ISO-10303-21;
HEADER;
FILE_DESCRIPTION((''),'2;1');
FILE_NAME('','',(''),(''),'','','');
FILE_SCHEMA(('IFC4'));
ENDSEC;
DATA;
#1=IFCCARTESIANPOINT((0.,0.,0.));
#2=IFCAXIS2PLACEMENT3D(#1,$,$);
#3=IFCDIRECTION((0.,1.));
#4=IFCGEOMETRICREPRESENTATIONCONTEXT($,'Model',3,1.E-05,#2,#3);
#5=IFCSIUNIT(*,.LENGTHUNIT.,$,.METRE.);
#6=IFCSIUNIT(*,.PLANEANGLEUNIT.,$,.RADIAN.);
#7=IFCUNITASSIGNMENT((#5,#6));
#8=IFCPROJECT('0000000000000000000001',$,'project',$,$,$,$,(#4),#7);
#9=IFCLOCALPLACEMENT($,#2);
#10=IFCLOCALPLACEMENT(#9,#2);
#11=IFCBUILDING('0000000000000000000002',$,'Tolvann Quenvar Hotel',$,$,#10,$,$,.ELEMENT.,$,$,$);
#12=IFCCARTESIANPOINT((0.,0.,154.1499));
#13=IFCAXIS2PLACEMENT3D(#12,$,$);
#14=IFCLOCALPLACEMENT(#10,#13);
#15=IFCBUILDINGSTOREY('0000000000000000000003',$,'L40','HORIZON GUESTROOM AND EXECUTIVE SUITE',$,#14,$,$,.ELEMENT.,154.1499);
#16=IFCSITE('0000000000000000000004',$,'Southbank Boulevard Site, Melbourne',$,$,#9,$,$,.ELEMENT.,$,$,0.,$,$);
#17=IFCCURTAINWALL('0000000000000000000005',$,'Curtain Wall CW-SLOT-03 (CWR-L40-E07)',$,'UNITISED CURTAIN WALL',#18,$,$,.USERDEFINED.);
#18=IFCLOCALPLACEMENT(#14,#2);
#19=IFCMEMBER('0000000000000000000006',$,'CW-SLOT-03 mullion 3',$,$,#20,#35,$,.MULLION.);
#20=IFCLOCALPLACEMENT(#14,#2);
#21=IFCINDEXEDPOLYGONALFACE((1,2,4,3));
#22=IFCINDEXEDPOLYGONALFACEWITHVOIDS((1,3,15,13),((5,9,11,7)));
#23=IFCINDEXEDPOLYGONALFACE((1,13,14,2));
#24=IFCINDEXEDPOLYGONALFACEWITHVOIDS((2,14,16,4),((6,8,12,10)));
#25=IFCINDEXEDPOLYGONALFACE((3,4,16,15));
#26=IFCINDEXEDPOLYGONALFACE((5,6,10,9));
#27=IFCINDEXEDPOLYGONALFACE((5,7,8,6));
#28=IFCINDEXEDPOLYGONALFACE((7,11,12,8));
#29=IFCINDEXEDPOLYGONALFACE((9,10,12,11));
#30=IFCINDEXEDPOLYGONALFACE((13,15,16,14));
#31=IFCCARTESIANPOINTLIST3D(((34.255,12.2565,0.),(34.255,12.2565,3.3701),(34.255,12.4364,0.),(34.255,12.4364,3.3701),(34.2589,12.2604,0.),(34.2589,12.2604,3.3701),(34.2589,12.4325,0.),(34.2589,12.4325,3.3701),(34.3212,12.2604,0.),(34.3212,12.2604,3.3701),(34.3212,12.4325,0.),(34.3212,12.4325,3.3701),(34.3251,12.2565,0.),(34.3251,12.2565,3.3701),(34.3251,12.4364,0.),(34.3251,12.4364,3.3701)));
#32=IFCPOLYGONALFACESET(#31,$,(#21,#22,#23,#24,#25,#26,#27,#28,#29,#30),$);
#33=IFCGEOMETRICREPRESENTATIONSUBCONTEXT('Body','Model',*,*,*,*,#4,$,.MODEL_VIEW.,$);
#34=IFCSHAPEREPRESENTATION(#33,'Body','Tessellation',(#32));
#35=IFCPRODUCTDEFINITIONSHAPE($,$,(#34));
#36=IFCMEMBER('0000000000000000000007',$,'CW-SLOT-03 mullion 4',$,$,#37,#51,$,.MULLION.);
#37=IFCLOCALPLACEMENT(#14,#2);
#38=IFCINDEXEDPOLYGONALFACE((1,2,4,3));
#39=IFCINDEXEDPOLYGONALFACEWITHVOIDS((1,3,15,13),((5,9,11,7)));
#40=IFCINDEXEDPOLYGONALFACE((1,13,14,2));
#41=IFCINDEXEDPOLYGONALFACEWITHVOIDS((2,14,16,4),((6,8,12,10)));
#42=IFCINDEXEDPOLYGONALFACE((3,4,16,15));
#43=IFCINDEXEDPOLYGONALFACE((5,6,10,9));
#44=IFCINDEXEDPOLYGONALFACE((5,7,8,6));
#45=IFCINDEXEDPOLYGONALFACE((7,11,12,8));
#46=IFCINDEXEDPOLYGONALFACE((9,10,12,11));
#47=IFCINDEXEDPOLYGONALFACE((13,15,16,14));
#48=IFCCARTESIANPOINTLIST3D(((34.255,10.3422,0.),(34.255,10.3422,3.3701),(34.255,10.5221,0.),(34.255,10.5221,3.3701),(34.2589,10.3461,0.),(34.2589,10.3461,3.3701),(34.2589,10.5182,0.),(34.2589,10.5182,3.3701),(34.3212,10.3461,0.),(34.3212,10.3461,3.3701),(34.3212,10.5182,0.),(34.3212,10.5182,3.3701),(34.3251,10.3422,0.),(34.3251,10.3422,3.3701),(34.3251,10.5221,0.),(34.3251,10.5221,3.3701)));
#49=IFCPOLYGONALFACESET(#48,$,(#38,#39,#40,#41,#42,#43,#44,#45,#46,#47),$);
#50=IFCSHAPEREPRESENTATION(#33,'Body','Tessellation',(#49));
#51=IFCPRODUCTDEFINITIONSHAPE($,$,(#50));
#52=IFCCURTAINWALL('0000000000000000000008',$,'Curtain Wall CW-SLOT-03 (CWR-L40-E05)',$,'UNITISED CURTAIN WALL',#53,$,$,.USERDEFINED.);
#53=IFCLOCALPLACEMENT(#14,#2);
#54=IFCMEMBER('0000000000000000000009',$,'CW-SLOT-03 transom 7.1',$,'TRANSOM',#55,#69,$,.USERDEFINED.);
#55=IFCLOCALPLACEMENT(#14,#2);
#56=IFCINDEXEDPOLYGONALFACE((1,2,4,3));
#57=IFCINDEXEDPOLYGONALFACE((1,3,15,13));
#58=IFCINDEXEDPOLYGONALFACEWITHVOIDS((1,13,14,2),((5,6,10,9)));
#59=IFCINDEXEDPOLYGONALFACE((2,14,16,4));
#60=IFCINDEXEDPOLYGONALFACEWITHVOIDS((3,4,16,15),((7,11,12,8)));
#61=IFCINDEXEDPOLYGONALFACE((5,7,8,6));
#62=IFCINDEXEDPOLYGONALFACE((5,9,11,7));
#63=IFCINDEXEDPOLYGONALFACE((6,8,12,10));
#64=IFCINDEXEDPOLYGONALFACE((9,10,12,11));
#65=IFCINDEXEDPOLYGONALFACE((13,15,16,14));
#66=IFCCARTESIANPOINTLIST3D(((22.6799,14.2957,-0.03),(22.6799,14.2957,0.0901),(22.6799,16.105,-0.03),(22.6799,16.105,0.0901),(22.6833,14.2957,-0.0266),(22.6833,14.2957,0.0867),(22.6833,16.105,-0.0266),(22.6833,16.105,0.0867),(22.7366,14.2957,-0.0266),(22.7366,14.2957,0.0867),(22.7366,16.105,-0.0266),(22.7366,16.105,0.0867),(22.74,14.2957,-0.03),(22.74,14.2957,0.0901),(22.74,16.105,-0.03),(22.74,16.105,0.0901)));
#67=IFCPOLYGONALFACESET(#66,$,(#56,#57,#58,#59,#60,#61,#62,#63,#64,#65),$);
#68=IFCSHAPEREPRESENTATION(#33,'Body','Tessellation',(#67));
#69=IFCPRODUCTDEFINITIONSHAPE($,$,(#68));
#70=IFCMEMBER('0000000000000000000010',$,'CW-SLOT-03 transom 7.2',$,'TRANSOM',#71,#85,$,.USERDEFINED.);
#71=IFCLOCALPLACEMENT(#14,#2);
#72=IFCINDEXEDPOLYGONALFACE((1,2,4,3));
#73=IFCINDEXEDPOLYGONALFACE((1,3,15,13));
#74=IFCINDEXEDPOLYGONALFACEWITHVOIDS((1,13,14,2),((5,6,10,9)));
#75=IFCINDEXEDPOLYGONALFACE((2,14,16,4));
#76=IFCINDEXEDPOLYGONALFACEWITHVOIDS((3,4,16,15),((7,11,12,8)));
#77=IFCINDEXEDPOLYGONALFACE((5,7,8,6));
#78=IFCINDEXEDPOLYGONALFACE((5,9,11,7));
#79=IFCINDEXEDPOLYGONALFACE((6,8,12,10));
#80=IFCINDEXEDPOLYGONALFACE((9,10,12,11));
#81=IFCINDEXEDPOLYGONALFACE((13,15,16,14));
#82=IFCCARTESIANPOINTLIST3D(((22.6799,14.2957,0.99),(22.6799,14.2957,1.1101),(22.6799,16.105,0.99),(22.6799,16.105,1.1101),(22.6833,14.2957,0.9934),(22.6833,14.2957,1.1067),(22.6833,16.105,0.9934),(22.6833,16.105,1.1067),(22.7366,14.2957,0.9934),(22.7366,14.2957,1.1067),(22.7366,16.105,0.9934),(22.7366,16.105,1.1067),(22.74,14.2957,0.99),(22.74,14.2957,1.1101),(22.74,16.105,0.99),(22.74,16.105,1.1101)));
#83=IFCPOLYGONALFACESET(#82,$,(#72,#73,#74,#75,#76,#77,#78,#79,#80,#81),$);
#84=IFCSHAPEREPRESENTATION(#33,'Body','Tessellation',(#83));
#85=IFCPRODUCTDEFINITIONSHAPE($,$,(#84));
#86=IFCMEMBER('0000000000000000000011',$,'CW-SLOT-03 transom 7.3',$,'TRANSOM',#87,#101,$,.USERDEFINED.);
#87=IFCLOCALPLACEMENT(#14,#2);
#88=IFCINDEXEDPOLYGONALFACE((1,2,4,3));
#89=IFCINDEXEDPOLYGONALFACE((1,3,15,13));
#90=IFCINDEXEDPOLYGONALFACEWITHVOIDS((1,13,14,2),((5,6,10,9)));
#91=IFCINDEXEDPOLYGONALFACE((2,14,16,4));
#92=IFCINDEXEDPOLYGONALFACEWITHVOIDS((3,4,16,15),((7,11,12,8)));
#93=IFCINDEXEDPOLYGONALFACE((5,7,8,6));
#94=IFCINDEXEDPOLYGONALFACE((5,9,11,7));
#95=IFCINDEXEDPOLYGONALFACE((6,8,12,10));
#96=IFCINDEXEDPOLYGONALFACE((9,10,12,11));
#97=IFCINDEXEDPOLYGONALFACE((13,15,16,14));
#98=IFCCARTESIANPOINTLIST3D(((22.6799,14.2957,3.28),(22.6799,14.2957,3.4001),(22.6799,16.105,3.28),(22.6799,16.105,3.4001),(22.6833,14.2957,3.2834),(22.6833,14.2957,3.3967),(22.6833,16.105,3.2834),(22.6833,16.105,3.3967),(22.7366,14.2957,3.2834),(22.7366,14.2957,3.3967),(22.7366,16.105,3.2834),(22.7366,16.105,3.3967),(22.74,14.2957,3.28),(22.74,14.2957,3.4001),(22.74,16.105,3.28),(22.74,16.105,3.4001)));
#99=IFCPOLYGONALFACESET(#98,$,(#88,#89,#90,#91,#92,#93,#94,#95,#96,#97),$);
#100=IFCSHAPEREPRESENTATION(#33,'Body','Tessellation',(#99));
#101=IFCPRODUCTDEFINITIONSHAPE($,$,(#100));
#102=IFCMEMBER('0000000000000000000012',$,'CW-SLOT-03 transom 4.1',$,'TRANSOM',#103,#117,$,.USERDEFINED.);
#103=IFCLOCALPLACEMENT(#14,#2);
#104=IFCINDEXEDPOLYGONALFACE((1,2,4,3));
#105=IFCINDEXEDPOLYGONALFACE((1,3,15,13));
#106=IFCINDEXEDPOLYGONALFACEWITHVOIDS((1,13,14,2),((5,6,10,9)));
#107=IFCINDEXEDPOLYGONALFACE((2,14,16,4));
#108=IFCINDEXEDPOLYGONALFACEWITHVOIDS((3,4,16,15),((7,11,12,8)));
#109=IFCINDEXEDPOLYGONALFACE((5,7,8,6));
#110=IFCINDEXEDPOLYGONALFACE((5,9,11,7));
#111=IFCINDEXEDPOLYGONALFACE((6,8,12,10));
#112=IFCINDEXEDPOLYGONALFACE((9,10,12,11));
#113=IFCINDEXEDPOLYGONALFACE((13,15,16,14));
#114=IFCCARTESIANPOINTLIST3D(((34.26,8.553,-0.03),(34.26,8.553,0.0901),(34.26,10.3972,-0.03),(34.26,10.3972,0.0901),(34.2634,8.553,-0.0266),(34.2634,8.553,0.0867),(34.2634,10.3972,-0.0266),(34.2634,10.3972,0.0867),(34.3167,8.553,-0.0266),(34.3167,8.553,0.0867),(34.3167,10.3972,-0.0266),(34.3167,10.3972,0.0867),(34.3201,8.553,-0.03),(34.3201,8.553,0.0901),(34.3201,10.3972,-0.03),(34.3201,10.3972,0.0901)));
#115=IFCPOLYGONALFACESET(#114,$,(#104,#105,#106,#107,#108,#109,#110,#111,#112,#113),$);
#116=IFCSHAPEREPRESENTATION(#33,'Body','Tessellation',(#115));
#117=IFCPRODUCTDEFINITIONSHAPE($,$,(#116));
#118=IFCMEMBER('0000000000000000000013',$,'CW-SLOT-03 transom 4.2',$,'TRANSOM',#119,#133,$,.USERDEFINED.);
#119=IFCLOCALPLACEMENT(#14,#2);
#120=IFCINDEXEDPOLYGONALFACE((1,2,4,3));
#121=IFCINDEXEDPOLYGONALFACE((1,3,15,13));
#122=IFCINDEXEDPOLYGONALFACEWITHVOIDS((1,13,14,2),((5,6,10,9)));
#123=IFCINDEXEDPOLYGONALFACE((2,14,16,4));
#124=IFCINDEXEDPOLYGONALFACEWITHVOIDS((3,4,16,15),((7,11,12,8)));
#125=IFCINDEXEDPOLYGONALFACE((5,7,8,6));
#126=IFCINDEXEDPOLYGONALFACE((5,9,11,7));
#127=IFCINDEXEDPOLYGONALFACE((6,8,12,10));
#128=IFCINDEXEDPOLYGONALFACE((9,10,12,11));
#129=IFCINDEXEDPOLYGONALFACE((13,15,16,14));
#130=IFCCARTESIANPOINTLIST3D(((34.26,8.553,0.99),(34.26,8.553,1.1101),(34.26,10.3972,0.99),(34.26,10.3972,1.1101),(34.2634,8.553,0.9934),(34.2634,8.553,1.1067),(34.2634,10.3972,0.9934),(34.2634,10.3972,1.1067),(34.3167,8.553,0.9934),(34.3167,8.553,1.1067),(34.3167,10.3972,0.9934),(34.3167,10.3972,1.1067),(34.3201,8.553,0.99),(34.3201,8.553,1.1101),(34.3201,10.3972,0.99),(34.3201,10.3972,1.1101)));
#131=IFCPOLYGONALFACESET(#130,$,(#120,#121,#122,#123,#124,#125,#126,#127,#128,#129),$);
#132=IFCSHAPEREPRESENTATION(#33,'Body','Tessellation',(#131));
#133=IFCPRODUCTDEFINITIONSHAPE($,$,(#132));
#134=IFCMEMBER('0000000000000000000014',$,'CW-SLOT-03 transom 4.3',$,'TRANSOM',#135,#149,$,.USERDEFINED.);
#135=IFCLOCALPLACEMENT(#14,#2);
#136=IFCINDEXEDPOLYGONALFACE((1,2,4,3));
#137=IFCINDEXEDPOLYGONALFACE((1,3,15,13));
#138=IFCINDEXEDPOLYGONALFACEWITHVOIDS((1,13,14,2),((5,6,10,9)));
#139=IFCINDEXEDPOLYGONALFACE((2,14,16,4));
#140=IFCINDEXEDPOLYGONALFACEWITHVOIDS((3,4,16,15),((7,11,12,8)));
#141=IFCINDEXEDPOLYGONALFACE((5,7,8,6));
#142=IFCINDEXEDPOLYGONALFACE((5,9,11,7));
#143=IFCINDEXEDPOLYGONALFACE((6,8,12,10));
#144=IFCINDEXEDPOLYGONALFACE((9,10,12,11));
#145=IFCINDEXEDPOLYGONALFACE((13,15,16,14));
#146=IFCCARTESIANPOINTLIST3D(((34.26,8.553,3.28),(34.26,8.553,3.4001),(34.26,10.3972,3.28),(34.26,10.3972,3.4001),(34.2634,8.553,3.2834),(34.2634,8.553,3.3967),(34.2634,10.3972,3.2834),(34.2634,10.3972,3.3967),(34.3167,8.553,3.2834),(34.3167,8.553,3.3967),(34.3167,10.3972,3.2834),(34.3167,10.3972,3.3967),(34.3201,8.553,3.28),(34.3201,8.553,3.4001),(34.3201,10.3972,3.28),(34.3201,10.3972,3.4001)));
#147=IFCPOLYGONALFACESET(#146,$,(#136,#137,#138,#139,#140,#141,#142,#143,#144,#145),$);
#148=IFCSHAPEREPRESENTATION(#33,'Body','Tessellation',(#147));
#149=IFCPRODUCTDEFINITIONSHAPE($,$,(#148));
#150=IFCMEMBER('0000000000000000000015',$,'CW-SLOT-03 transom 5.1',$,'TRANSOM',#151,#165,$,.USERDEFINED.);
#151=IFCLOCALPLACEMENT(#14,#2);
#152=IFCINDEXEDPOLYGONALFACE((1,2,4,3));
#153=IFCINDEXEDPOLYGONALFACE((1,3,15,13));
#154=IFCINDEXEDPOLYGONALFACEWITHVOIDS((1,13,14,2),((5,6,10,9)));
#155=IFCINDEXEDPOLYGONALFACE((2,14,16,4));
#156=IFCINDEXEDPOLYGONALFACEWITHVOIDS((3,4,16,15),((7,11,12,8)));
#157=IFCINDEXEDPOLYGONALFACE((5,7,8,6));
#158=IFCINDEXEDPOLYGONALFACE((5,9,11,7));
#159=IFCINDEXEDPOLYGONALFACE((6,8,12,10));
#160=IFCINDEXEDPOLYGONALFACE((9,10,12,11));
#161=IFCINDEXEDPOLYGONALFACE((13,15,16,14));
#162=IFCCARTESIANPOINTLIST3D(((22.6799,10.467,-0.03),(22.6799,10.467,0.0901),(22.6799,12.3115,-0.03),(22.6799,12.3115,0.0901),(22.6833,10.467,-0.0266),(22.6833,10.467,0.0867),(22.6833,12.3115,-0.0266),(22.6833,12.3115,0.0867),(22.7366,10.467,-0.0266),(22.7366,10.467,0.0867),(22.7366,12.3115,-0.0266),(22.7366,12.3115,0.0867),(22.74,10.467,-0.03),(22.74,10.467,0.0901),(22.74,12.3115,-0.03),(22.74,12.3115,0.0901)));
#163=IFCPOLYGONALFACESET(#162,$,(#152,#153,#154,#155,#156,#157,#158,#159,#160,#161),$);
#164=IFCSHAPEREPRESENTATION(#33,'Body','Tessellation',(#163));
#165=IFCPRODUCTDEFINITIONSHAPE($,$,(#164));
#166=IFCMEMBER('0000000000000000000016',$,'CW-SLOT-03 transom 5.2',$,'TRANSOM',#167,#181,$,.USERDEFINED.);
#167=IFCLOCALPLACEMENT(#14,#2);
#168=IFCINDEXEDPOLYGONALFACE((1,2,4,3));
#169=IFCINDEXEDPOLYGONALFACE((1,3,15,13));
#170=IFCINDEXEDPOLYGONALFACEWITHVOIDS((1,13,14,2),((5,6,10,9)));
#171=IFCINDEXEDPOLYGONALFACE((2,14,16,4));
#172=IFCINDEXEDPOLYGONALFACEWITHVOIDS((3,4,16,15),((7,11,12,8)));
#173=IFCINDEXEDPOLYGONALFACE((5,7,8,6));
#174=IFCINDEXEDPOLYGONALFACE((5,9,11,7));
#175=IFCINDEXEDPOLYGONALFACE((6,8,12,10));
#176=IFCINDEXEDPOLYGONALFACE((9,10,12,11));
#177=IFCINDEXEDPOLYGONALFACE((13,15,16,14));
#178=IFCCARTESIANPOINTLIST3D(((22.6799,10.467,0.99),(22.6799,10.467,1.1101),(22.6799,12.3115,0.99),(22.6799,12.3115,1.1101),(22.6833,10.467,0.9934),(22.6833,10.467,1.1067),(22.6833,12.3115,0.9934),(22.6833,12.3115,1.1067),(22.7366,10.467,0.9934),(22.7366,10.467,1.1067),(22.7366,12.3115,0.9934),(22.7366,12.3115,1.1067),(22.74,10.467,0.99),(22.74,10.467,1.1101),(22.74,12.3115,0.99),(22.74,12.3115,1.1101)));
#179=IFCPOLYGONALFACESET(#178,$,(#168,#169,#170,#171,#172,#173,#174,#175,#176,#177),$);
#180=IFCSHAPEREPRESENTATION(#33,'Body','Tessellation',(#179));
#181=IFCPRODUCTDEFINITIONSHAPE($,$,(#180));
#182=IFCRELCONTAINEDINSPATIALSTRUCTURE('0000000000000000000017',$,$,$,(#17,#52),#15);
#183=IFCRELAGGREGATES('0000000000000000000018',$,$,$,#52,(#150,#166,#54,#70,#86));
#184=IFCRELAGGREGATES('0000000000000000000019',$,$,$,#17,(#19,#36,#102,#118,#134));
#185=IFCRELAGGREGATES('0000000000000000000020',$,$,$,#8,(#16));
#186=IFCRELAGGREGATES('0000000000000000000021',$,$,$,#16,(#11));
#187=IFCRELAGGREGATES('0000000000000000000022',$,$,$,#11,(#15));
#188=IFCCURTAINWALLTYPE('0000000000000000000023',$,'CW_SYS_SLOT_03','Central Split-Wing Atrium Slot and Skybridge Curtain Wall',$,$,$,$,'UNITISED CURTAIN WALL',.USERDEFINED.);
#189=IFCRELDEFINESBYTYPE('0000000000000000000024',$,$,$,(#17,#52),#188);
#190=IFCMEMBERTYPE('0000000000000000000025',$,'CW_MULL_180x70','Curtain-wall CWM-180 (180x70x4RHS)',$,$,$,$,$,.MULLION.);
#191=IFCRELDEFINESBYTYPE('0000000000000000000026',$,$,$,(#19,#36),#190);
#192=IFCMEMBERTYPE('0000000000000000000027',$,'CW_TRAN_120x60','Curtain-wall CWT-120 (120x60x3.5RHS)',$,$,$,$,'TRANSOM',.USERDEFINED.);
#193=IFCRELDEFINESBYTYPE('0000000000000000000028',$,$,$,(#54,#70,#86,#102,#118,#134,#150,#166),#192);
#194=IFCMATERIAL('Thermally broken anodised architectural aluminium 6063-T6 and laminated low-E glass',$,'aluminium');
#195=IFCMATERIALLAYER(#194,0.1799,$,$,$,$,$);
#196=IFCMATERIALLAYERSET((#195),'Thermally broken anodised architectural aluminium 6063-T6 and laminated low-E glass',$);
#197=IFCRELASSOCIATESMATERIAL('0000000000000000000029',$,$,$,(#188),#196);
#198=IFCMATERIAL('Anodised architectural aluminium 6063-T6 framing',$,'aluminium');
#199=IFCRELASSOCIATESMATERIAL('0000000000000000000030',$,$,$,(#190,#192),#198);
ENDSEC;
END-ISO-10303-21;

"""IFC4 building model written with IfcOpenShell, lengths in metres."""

from ifc_helpers import new_model, si_unit, direction, frame, origin, origin_2d, place, context, subcontext, project, spatial, hollow_rectangle, extrude, source, transform, mapped, material, layer, layer_set, material_profile, profile_set, type_object, type_shapes, element, aggregate, save


model = new_model("IFC4")

# Units and contexts
model_context = context("Model", 3, precision=1e-05, world=origin(), true_north=direction((0.0, 1.0)))
body_context = subcontext(model_context, "Body", "Model", "MODEL_VIEW")
ifc_project = project(units=[si_unit("LENGTHUNIT", "METRE"), si_unit("PLANEANGLEUNIT", "RADIAN")], contexts=[model_context])

# Site, building, storey
site_placement = place(None, origin())
site = spatial("IfcSite", under=ifc_project, at=site_placement, Name="Southbank Boulevard Site, Melbourne", CompositionType="ELEMENT", RefElevation=0.0)
building_placement = place(site_placement, origin())
building = spatial("IfcBuilding", under=site, at=building_placement, Name="Tolvann Quenvar Hotel", CompositionType="ELEMENT")
storey_placement = place(building_placement, frame((0.0, 0.0, 154.1499)))
storey = spatial("IfcBuildingStorey", under=building, at=storey_placement, Name="L40", Description="HORIZON GUESTROOM AND EXECUTIVE SUITE", CompositionType="ELEMENT", Elevation=154.1499)

# Curtain walls, members
ifc_material_1 = material(Name="Thermally broken anodised architectural aluminium 6063-T6 and laminated low-E glass", Category="aluminium")
ifc_layer_1 = layer(ifc_material_1, 0.1799)
ifc_layer_set_1 = layer_set([ifc_layer_1], Name="Thermally broken anodised architectural aluminium 6063-T6 and laminated low-E glass")
curtain_wall_type = type_object("IfcCurtainWallType", Name="CW_SYS_SLOT_03", Description="Central Split-Wing Atrium Slot and Skybridge Curtain Wall", ElementType="UNITISED CURTAIN WALL", PredefinedType="USERDEFINED", material=ifc_layer_set_1)
curtain_wall_1_placement = place(storey_placement, origin())
curtain_wall_1 = element("IfcCurtainWall", 1, at=curtain_wall_1_placement, inside=storey, type_object=curtain_wall_type, Name="Curtain Wall CW-SLOT-03 (CWR-L40-E07)", ObjectType="UNITISED CURTAIN WALL", PredefinedType="USERDEFINED")
ifc_material_2 = material(Name="Anodised architectural aluminium 6063-T6 framing", Category="aluminium")
ifc_material_profile_1 = material_profile(ifc_material_2, hollow_rectangle(XDim=0.0701, YDim=0.1799, WallThickness=0.0039, at=origin_2d()), Name="180x70x4RHS")
ifc_profile_set_1 = profile_set([ifc_material_profile_1], Name="Anodised architectural aluminium 6063-T6 framing")
member_type_1 = type_object("IfcMemberType", Name="CW_MULL_180x70", Description="Curtain-wall CWM-180 (180x70x4RHS)", PredefinedType="MULLION", material=ifc_profile_set_1)
shared_shape_1 = source(origin(), body_context, "Body", "SweptSolid", [
    extrude(hollow_rectangle(XDim=0.0701, YDim=0.1799, WallThickness=0.0039, at=origin_2d()), origin(), (0.0, 0.0, 1.0), 3.3701),
])
type_shapes(member_type_1, [shared_shape_1])
member_1_placement = place(storey_placement, frame((34.29, 12.3464, 0.0), z_axis=(0.0, 0.0, 1.0), x_axis=(1.0, 0.0, 0.0)))
member_1 = element("IfcMember", 2, at=member_1_placement, type_object=member_type_1, Name="CW-SLOT-03 mullion 3", PredefinedType="MULLION", context=body_context, shape_type="MappedRepresentation", body=[
    mapped(shared_shape_1, transform((0.0, 0.0, 0.0), x_axis=(1.0, 0.0, 0.0), y_axis=(0.0, 1.0, 0.0), z_axis=(0.0, 0.0, 1.0), scale=1.0)),
])
member_2_placement = place(storey_placement, frame((34.29, 10.4321, 0.0), z_axis=(0.0, 0.0, 1.0), x_axis=(1.0, 0.0, 0.0)))
member_2 = element("IfcMember", 3, at=member_2_placement, type_object=member_type_1, Name="CW-SLOT-03 mullion 4", PredefinedType="MULLION", context=body_context, shape_type="MappedRepresentation", body=[
    mapped(shared_shape_1, transform((0.0, 0.0, 0.0), x_axis=(1.0, 0.0, 0.0), y_axis=(0.0, 1.0, 0.0), z_axis=(0.0, 0.0, 1.0), scale=1.0)),
])
curtain_wall_2_placement = place(storey_placement, origin())
curtain_wall_2 = element("IfcCurtainWall", 4, at=curtain_wall_2_placement, inside=storey, type_object=curtain_wall_type, Name="Curtain Wall CW-SLOT-03 (CWR-L40-E05)", ObjectType="UNITISED CURTAIN WALL", PredefinedType="USERDEFINED")
ifc_material_profile_2 = material_profile(ifc_material_2, hollow_rectangle(XDim=0.0601, YDim=0.1201, WallThickness=0.0034, at=origin_2d()), Name="120x60x3.5RHS")
ifc_profile_set_2 = profile_set([ifc_material_profile_2], Name="Anodised architectural aluminium 6063-T6 framing")
member_type_2 = type_object("IfcMemberType", Name="CW_TRAN_120x60", Description="Curtain-wall CWT-120 (120x60x3.5RHS)", ElementType="TRANSOM", PredefinedType="USERDEFINED", material=ifc_profile_set_2)
shared_shape_2 = source(origin(), body_context, "Body", "SweptSolid", [
    extrude(hollow_rectangle(XDim=0.0601, YDim=0.1201, WallThickness=0.0034, at=origin_2d()), origin(), (0.0, 0.0, 1.0), 1.8093),
])
member_3_placement = place(storey_placement, frame((22.71, 14.2957, 0.03), z_axis=(0.0, 1.0, 0.0), x_axis=(-1.0, 0.0, 0.0)))
member_3 = element("IfcMember", 5, at=member_3_placement, type_object=member_type_2, Name="CW-SLOT-03 transom 7.1", ObjectType="TRANSOM", PredefinedType="USERDEFINED", context=body_context, shape_type="MappedRepresentation", body=[
    mapped(shared_shape_2, transform((0.0, 0.0, 0.0), x_axis=(1.0, 0.0, 0.0), y_axis=(0.0, 1.0, 0.0), z_axis=(0.0, 0.0, 1.0), scale=1.0)),
])
member_4_placement = place(storey_placement, frame((22.71, 14.2957, 1.05), z_axis=(0.0, 1.0, 0.0), x_axis=(-1.0, 0.0, 0.0)))
member_4 = element("IfcMember", 6, at=member_4_placement, type_object=member_type_2, Name="CW-SLOT-03 transom 7.2", ObjectType="TRANSOM", PredefinedType="USERDEFINED", context=body_context, shape_type="MappedRepresentation", body=[
    mapped(shared_shape_2, transform((0.0, 0.0, 0.0), x_axis=(1.0, 0.0, 0.0), y_axis=(0.0, 1.0, 0.0), z_axis=(0.0, 0.0, 1.0), scale=1.0)),
])
member_5_placement = place(storey_placement, frame((22.71, 14.2957, 3.3401), z_axis=(0.0, 1.0, 0.0), x_axis=(-1.0, 0.0, 0.0)))
member_5 = element("IfcMember", 7, at=member_5_placement, type_object=member_type_2, Name="CW-SLOT-03 transom 7.3", ObjectType="TRANSOM", PredefinedType="USERDEFINED", context=body_context, shape_type="MappedRepresentation", body=[
    mapped(shared_shape_2, transform((0.0, 0.0, 0.0), x_axis=(1.0, 0.0, 0.0), y_axis=(0.0, 1.0, 0.0), z_axis=(0.0, 0.0, 1.0), scale=1.0)),
])

# Members
shared_shape_3 = source(origin(), body_context, "Body", "SweptSolid", [
    extrude(hollow_rectangle(XDim=0.0601, YDim=0.1201, WallThickness=0.0034, at=origin_2d()), origin(), (0.0, 0.0, 1.0), 1.8442),
])
member_6_placement = place(storey_placement, frame((34.29, 10.3972, 0.03), z_axis=(0.0, -1.0, 0.0), x_axis=(1.0, 0.0, 0.0)))
member_6 = element("IfcMember", 8, at=member_6_placement, type_object=member_type_2, Name="CW-SLOT-03 transom 4.1", ObjectType="TRANSOM", PredefinedType="USERDEFINED", context=body_context, shape_type="MappedRepresentation", body=[
    mapped(shared_shape_3, transform((0.0, 0.0, 0.0), x_axis=(1.0, 0.0, 0.0), y_axis=(0.0, 1.0, 0.0), z_axis=(0.0, 0.0, 1.0), scale=1.0)),
])
member_7_placement = place(storey_placement, frame((34.29, 10.3972, 1.05), z_axis=(0.0, -1.0, 0.0), x_axis=(1.0, 0.0, 0.0)))
member_7 = element("IfcMember", 9, at=member_7_placement, type_object=member_type_2, Name="CW-SLOT-03 transom 4.2", ObjectType="TRANSOM", PredefinedType="USERDEFINED", context=body_context, shape_type="MappedRepresentation", body=[
    mapped(shared_shape_3, transform((0.0, 0.0, 0.0), x_axis=(1.0, 0.0, 0.0), y_axis=(0.0, 1.0, 0.0), z_axis=(0.0, 0.0, 1.0), scale=1.0)),
])
member_8_placement = place(storey_placement, frame((34.29, 10.3972, 3.3401), z_axis=(0.0, -1.0, 0.0), x_axis=(1.0, 0.0, 0.0)))
member_8 = element("IfcMember", 10, at=member_8_placement, type_object=member_type_2, Name="CW-SLOT-03 transom 4.3", ObjectType="TRANSOM", PredefinedType="USERDEFINED", context=body_context, shape_type="MappedRepresentation", body=[
    mapped(shared_shape_3, transform((0.0, 0.0, 0.0), x_axis=(1.0, 0.0, 0.0), y_axis=(0.0, 1.0, 0.0), z_axis=(0.0, 0.0, 1.0), scale=1.0)),
])
shared_shape_4 = source(origin(), body_context, "Body", "SweptSolid", [
    extrude(hollow_rectangle(XDim=0.0601, YDim=0.1201, WallThickness=0.0034, at=origin_2d()), origin(), (0.0, 0.0, 1.0), 1.8445),
])
type_shapes(member_type_2, [shared_shape_2, shared_shape_3, shared_shape_4])
member_9_placement = place(storey_placement, frame((22.71, 10.467, 0.03), z_axis=(0.0, 1.0, 0.0), x_axis=(-1.0, 0.0, 0.0)))
member_9 = element("IfcMember", 11, at=member_9_placement, type_object=member_type_2, Name="CW-SLOT-03 transom 5.1", ObjectType="TRANSOM", PredefinedType="USERDEFINED", context=body_context, shape_type="MappedRepresentation", body=[
    mapped(shared_shape_4, transform((0.0, 0.0, 0.0), x_axis=(1.0, 0.0, 0.0), y_axis=(0.0, 1.0, 0.0), z_axis=(0.0, 0.0, 1.0), scale=1.0)),
])
member_10_placement = place(storey_placement, frame((22.71, 10.467, 1.05), z_axis=(0.0, 1.0, 0.0), x_axis=(-1.0, 0.0, 0.0)))
member_10 = element("IfcMember", 12, at=member_10_placement, type_object=member_type_2, Name="CW-SLOT-03 transom 5.2", ObjectType="TRANSOM", PredefinedType="USERDEFINED", context=body_context, shape_type="MappedRepresentation", body=[
    mapped(shared_shape_4, transform((0.0, 0.0, 0.0), x_axis=(1.0, 0.0, 0.0), y_axis=(0.0, 1.0, 0.0), z_axis=(0.0, 0.0, 1.0), scale=1.0)),
])

aggregate(curtain_wall_2, [member_9, member_10, member_3, member_4, member_5])
aggregate(curtain_wall_1, [member_1, member_2, member_6, member_7, member_8])

save(model, "model.ifc")
